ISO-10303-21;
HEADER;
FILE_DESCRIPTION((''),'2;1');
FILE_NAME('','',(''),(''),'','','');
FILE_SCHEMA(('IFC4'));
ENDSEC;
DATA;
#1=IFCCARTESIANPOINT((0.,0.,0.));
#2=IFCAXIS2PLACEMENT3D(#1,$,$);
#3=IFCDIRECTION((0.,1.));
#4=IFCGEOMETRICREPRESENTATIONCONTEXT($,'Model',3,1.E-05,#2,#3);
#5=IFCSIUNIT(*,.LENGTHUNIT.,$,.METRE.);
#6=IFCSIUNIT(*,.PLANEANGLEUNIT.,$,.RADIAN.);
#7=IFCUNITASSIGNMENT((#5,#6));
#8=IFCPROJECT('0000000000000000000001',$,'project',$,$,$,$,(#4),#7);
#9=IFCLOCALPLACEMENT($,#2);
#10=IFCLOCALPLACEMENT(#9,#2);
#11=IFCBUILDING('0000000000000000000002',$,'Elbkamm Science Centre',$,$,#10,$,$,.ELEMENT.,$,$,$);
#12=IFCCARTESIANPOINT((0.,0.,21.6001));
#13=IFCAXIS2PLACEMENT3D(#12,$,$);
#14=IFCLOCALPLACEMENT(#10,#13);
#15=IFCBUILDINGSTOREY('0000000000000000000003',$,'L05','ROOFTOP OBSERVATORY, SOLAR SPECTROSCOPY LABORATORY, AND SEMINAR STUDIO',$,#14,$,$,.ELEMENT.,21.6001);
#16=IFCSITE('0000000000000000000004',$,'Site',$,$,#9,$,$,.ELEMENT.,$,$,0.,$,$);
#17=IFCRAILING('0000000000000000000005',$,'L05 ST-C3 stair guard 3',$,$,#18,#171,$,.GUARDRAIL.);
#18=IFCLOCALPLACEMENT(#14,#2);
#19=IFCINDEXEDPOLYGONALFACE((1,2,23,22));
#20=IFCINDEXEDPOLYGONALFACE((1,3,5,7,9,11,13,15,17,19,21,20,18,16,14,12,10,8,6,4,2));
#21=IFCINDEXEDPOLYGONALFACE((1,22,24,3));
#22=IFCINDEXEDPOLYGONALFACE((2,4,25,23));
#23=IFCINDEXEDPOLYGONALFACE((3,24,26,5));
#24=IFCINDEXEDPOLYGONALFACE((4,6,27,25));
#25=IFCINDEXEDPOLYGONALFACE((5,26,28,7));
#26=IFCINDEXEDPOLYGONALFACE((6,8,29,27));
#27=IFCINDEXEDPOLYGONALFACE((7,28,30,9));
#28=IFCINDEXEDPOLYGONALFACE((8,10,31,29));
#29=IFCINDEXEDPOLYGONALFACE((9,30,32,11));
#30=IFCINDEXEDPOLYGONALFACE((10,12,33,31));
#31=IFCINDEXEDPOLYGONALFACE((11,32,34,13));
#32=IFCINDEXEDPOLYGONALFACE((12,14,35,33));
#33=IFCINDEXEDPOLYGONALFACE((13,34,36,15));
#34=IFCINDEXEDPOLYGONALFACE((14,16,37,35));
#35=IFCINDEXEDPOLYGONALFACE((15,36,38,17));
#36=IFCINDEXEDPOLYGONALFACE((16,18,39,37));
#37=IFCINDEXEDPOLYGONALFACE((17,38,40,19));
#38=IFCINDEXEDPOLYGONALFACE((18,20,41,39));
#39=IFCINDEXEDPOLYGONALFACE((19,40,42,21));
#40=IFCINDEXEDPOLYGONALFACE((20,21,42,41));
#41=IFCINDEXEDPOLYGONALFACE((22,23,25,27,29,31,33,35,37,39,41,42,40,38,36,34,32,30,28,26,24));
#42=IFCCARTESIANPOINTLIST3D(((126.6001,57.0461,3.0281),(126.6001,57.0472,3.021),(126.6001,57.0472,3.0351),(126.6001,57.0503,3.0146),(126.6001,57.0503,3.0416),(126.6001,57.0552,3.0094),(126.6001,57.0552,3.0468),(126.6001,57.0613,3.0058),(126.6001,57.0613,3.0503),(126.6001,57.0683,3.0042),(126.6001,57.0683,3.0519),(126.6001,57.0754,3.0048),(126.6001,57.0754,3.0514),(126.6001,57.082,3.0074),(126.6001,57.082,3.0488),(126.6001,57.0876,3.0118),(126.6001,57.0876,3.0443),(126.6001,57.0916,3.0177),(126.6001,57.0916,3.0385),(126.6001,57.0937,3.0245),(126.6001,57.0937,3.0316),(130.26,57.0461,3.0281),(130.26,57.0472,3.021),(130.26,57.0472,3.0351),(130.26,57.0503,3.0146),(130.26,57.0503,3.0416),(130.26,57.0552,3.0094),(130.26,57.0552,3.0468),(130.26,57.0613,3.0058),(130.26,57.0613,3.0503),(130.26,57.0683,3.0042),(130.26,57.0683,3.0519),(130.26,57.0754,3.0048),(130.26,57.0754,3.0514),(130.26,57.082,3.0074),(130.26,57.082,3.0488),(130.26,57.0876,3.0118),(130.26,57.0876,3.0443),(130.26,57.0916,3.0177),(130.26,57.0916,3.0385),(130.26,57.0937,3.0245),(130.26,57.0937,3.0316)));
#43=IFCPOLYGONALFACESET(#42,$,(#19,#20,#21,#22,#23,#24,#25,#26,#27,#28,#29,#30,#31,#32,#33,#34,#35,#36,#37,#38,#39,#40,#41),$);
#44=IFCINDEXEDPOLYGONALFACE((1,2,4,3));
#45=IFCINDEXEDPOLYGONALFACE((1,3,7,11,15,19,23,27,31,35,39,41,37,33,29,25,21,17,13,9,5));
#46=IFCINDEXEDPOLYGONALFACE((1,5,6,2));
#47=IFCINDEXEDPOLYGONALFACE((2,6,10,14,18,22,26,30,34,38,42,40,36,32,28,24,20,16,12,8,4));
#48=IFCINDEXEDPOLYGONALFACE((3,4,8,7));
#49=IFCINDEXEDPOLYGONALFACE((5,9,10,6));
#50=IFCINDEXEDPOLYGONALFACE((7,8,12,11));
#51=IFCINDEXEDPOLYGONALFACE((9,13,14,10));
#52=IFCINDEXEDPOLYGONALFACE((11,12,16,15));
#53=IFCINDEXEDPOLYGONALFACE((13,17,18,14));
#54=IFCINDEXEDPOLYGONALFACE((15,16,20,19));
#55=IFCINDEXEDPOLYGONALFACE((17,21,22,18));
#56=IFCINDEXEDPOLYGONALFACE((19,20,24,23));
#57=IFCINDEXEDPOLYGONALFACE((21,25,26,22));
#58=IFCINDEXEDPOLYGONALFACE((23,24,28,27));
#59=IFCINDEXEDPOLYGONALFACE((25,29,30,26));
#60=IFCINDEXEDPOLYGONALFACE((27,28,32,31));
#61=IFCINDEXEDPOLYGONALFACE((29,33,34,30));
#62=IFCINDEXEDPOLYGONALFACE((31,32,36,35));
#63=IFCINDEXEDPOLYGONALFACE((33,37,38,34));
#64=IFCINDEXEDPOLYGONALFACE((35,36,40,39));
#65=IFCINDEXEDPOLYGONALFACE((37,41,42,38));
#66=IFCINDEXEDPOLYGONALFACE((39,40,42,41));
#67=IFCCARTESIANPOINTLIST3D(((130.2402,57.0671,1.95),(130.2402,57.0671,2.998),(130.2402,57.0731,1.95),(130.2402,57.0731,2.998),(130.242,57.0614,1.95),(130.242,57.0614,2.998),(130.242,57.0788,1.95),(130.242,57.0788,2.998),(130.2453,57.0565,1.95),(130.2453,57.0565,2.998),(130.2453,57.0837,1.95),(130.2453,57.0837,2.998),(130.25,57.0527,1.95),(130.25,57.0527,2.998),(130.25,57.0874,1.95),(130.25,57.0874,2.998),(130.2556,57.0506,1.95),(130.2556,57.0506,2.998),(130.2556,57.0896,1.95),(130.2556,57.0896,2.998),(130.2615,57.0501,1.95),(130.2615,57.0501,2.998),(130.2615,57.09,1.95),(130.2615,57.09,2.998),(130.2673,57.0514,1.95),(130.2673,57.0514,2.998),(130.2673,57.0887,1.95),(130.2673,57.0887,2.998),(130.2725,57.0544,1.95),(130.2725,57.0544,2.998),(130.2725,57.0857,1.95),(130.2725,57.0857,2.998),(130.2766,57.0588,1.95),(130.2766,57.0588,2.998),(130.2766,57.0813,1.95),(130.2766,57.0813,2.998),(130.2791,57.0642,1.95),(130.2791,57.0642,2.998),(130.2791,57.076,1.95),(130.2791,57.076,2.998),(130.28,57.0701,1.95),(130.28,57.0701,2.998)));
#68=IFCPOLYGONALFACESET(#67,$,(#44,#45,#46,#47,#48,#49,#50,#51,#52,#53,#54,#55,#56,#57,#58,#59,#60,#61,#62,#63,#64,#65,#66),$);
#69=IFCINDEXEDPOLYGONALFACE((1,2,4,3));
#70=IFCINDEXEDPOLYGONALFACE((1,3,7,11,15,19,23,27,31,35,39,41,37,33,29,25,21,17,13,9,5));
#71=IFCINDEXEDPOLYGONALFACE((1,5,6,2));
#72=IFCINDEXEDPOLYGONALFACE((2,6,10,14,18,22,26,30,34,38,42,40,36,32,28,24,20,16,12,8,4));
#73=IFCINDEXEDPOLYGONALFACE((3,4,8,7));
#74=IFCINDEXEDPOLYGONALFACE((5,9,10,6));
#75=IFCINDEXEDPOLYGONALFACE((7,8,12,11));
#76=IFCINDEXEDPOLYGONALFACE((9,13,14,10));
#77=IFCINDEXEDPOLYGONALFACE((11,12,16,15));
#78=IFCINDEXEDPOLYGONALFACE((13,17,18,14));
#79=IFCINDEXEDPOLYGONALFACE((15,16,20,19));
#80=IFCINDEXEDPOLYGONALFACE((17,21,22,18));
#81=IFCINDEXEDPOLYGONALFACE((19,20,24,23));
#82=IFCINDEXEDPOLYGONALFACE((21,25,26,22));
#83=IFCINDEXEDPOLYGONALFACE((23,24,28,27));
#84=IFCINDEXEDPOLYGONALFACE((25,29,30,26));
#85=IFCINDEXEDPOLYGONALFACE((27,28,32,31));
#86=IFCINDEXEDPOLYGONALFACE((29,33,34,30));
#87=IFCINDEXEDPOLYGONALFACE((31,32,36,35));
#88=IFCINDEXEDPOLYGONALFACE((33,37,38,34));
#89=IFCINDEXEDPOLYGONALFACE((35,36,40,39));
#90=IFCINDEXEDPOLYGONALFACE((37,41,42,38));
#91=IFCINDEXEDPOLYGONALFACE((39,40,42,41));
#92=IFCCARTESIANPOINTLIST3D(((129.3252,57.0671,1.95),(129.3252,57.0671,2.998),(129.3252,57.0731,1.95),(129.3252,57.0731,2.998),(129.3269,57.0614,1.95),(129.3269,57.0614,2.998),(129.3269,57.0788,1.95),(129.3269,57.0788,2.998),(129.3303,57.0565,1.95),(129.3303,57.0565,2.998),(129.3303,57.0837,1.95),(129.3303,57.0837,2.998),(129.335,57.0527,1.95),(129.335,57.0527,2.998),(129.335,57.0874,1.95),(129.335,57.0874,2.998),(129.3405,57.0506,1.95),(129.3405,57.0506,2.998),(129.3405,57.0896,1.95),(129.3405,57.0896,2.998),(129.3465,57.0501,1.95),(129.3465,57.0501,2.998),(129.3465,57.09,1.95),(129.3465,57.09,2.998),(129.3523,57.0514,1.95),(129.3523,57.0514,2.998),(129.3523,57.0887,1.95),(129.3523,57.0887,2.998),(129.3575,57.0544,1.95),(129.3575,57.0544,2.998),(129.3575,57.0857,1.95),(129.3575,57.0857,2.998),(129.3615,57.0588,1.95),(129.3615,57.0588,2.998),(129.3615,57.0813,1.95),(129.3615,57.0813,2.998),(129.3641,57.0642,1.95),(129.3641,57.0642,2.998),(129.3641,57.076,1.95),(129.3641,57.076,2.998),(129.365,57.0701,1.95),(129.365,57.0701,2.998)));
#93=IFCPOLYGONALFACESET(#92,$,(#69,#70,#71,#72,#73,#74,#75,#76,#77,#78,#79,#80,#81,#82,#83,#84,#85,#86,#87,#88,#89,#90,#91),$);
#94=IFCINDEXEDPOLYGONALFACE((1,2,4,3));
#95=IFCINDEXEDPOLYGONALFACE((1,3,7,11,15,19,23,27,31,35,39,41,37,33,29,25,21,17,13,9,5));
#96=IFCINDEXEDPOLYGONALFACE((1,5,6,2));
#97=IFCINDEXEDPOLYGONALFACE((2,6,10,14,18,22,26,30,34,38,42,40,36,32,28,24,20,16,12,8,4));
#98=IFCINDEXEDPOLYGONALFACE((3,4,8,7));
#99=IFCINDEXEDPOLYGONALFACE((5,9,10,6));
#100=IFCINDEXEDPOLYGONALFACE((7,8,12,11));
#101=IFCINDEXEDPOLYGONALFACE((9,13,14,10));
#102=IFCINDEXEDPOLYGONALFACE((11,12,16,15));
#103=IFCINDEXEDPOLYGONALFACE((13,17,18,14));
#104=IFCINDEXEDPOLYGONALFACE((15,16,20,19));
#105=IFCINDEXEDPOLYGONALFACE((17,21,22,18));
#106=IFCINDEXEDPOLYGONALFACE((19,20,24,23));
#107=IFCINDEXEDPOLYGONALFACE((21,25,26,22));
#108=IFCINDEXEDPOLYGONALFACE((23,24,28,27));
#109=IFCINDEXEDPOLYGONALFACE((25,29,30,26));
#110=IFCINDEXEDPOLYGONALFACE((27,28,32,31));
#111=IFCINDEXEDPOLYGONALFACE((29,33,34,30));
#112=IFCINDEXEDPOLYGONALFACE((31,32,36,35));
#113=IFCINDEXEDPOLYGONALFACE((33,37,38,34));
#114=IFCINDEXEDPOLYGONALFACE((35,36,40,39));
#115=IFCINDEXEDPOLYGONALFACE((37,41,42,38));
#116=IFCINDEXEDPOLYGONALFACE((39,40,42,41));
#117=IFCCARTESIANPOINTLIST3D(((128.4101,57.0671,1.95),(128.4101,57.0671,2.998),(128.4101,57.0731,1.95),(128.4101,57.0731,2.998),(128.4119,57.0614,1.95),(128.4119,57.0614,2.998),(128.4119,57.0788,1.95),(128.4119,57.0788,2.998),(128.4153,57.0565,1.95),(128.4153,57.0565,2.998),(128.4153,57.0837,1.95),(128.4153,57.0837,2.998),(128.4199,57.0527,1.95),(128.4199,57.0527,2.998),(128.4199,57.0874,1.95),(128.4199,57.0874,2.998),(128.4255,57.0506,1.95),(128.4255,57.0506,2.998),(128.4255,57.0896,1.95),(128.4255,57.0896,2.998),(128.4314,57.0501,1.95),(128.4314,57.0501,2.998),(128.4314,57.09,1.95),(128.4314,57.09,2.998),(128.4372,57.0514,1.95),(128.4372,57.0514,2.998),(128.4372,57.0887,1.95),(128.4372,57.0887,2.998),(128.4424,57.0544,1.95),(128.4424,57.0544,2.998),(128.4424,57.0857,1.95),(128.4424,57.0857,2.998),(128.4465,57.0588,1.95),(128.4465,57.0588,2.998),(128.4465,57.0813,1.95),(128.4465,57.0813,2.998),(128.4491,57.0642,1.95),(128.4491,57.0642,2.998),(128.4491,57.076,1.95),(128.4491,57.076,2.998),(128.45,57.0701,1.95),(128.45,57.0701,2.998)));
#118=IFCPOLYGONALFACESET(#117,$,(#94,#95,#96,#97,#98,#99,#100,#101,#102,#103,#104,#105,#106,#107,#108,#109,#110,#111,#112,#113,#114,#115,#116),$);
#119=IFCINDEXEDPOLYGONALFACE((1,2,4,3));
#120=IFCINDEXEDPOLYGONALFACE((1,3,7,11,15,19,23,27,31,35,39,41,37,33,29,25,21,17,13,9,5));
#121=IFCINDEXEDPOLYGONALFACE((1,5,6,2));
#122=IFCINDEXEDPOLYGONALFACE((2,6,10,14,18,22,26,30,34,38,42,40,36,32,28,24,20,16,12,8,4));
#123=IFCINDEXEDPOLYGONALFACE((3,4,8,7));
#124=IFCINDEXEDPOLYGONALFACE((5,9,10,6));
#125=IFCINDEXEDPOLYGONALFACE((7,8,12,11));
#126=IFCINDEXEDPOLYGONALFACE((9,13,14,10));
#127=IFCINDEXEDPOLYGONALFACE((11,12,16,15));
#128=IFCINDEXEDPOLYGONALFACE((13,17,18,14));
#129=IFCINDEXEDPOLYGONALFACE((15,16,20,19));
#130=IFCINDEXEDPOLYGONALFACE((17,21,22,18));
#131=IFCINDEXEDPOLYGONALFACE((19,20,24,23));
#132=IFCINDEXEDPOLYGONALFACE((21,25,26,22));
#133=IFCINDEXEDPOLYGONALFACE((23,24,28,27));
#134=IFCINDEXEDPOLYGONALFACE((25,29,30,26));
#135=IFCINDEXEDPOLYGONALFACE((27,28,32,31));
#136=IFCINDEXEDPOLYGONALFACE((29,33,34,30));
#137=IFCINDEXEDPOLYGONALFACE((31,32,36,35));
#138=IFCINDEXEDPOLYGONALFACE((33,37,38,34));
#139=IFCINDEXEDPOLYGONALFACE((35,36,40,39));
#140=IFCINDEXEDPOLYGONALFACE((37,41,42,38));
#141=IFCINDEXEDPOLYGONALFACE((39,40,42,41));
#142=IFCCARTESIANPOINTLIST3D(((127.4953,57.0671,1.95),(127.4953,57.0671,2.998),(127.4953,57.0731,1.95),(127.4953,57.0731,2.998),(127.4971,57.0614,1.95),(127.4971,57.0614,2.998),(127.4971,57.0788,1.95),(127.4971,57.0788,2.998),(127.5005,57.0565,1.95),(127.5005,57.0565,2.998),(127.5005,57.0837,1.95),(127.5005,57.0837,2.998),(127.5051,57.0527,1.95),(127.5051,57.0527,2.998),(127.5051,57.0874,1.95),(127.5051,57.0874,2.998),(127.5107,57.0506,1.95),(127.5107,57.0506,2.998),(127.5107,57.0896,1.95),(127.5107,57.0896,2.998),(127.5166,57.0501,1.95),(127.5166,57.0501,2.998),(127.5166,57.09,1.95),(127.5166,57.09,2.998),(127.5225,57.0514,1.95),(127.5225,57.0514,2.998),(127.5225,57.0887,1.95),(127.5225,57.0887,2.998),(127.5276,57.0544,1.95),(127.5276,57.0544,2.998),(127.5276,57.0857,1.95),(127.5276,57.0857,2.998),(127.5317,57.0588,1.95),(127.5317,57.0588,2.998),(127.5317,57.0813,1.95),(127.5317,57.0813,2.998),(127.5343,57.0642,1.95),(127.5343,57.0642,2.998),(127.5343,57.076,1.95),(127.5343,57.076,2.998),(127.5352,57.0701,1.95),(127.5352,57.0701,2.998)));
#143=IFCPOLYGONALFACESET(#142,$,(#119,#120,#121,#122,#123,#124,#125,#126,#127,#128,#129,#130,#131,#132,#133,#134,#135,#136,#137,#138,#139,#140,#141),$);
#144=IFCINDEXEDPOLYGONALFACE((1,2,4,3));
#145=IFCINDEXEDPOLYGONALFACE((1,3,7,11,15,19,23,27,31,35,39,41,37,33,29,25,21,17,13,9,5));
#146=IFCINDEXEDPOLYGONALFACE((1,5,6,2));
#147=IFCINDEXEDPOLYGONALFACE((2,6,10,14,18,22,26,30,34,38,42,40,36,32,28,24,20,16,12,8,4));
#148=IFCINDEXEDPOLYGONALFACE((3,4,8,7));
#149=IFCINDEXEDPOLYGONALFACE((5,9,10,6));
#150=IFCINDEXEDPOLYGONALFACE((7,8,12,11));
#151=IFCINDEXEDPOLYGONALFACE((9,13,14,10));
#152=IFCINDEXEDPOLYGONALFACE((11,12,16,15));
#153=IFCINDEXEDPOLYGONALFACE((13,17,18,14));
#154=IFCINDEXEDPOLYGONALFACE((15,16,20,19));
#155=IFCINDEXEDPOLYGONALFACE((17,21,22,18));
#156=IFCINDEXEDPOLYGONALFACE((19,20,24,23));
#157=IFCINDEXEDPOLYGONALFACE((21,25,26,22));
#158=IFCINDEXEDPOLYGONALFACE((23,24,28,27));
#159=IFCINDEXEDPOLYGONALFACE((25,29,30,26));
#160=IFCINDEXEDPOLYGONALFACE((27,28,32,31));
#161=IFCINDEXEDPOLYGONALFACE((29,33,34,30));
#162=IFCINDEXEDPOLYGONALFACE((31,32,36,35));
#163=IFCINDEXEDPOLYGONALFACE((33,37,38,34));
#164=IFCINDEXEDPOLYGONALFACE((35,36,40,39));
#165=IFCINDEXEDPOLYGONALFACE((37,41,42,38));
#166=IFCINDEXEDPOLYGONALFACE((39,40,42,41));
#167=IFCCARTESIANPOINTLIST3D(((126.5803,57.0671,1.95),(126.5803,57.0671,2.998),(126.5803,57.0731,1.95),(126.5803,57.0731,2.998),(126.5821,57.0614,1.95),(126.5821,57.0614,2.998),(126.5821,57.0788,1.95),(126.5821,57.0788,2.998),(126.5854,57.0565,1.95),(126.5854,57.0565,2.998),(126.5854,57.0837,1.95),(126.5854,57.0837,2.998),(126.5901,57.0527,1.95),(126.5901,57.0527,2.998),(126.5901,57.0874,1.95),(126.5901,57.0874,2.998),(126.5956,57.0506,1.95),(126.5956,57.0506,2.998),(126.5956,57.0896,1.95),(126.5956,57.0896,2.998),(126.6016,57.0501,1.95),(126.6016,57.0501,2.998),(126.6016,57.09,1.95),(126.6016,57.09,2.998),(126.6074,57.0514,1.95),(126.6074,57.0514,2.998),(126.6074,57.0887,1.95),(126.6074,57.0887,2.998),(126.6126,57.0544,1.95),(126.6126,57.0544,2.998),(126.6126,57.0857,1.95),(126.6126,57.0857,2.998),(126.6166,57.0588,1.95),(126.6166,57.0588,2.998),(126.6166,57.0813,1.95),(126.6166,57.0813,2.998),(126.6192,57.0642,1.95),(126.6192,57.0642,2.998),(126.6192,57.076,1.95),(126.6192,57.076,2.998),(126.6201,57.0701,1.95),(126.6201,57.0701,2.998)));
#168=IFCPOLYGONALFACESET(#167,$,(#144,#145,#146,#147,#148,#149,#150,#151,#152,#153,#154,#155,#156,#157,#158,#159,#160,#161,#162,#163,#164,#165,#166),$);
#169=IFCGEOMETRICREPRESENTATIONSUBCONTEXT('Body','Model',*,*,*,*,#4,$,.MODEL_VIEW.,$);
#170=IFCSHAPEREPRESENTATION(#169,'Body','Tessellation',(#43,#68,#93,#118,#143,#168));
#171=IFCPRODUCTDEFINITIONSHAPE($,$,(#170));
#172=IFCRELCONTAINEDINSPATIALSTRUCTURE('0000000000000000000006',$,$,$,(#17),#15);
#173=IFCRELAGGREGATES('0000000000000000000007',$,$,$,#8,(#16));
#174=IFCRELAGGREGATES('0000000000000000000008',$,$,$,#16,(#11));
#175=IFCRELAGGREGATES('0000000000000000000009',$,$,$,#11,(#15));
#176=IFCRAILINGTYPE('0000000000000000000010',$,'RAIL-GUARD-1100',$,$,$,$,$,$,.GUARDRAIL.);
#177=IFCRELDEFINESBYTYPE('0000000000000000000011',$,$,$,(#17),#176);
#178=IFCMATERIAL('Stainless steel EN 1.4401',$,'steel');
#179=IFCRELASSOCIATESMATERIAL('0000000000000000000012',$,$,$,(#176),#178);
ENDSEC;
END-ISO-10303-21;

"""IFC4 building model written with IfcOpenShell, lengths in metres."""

from ifc_helpers import new_model, si_unit, direction, frame, origin, origin_2d, place, context, subcontext, project, spatial, circle, extrude, material, type_object, element, save


model = new_model("IFC4")

# Units and contexts
model_context = context("Model", 3, precision=1e-05, world=origin(), true_north=direction((0.0, 1.0)))
body_context = subcontext(model_context, "Body", "Model", "MODEL_VIEW")
ifc_project = project(units=[si_unit("LENGTHUNIT", "METRE"), si_unit("PLANEANGLEUNIT", "RADIAN")], contexts=[model_context])

# Site, building, storey
site_placement = place(None, origin())
site = spatial("IfcSite", under=ifc_project, at=site_placement, Name="Site", CompositionType="ELEMENT", RefElevation=0.0)
building_placement = place(site_placement, origin())
building = spatial("IfcBuilding", under=site, at=building_placement, Name="Elbkamm Science Centre", CompositionType="ELEMENT")
storey_placement = place(building_placement, frame((0.0, 0.0, 21.6001)))
storey = spatial("IfcBuildingStorey", under=building, at=storey_placement, Name="L05", Description="ROOFTOP OBSERVATORY, SOLAR SPECTROSCOPY LABORATORY, AND SEMINAR STUDIO", CompositionType="ELEMENT", Elevation=21.6001)

# Railing
ifc_material_1 = material(Name="Stainless steel EN 1.4401", Category="steel")
railing_type_1 = type_object("IfcRailingType", Name="RAIL-GUARD-1100", PredefinedType="GUARDRAIL", material=ifc_material_1)
for number, where, name in (
    (1, (130.26, 57.0701, 1.95), "L05 ST-C3 stair guard 3"),
):
    element("IfcRailing", number, at=place(storey_placement, frame(where)), inside=storey, type_object=railing_type_1, Name=name, PredefinedType="GUARDRAIL", context=body_context, shape_type="SweptSolid", body=[
        extrude(circle(Radius=0.0239, at=origin_2d()), frame((0.0, 0.0, 1.0781), z_axis=(-1.0, 0.0, 0.0), x_axis=(0.0, -1.0, 0.0)), (0.0, 0.0, 1.0), 3.6599),
        extrude(circle(Radius=0.02, at=origin_2d()), origin(), (0.0, 0.0, 1.0), 1.0481),
        extrude(circle(Radius=0.02, at=origin_2d()), frame((-0.915, 0.0, 0.0)), (0.0, 0.0, 1.0), 1.0481),
        extrude(circle(Radius=0.02, at=origin_2d()), frame((-1.8301, 0.0, 0.0)), (0.0, 0.0, 1.0), 1.0481),
        extrude(circle(Radius=0.02, at=origin_2d()), frame((-2.7449, 0.0, 0.0)), (0.0, 0.0, 1.0), 1.0481),
        extrude(circle(Radius=0.02, at=origin_2d()), frame((-3.6599, 0.0, 0.0)), (0.0, 0.0, 1.0), 1.0481),
    ])

save(model, "model.ifc")
